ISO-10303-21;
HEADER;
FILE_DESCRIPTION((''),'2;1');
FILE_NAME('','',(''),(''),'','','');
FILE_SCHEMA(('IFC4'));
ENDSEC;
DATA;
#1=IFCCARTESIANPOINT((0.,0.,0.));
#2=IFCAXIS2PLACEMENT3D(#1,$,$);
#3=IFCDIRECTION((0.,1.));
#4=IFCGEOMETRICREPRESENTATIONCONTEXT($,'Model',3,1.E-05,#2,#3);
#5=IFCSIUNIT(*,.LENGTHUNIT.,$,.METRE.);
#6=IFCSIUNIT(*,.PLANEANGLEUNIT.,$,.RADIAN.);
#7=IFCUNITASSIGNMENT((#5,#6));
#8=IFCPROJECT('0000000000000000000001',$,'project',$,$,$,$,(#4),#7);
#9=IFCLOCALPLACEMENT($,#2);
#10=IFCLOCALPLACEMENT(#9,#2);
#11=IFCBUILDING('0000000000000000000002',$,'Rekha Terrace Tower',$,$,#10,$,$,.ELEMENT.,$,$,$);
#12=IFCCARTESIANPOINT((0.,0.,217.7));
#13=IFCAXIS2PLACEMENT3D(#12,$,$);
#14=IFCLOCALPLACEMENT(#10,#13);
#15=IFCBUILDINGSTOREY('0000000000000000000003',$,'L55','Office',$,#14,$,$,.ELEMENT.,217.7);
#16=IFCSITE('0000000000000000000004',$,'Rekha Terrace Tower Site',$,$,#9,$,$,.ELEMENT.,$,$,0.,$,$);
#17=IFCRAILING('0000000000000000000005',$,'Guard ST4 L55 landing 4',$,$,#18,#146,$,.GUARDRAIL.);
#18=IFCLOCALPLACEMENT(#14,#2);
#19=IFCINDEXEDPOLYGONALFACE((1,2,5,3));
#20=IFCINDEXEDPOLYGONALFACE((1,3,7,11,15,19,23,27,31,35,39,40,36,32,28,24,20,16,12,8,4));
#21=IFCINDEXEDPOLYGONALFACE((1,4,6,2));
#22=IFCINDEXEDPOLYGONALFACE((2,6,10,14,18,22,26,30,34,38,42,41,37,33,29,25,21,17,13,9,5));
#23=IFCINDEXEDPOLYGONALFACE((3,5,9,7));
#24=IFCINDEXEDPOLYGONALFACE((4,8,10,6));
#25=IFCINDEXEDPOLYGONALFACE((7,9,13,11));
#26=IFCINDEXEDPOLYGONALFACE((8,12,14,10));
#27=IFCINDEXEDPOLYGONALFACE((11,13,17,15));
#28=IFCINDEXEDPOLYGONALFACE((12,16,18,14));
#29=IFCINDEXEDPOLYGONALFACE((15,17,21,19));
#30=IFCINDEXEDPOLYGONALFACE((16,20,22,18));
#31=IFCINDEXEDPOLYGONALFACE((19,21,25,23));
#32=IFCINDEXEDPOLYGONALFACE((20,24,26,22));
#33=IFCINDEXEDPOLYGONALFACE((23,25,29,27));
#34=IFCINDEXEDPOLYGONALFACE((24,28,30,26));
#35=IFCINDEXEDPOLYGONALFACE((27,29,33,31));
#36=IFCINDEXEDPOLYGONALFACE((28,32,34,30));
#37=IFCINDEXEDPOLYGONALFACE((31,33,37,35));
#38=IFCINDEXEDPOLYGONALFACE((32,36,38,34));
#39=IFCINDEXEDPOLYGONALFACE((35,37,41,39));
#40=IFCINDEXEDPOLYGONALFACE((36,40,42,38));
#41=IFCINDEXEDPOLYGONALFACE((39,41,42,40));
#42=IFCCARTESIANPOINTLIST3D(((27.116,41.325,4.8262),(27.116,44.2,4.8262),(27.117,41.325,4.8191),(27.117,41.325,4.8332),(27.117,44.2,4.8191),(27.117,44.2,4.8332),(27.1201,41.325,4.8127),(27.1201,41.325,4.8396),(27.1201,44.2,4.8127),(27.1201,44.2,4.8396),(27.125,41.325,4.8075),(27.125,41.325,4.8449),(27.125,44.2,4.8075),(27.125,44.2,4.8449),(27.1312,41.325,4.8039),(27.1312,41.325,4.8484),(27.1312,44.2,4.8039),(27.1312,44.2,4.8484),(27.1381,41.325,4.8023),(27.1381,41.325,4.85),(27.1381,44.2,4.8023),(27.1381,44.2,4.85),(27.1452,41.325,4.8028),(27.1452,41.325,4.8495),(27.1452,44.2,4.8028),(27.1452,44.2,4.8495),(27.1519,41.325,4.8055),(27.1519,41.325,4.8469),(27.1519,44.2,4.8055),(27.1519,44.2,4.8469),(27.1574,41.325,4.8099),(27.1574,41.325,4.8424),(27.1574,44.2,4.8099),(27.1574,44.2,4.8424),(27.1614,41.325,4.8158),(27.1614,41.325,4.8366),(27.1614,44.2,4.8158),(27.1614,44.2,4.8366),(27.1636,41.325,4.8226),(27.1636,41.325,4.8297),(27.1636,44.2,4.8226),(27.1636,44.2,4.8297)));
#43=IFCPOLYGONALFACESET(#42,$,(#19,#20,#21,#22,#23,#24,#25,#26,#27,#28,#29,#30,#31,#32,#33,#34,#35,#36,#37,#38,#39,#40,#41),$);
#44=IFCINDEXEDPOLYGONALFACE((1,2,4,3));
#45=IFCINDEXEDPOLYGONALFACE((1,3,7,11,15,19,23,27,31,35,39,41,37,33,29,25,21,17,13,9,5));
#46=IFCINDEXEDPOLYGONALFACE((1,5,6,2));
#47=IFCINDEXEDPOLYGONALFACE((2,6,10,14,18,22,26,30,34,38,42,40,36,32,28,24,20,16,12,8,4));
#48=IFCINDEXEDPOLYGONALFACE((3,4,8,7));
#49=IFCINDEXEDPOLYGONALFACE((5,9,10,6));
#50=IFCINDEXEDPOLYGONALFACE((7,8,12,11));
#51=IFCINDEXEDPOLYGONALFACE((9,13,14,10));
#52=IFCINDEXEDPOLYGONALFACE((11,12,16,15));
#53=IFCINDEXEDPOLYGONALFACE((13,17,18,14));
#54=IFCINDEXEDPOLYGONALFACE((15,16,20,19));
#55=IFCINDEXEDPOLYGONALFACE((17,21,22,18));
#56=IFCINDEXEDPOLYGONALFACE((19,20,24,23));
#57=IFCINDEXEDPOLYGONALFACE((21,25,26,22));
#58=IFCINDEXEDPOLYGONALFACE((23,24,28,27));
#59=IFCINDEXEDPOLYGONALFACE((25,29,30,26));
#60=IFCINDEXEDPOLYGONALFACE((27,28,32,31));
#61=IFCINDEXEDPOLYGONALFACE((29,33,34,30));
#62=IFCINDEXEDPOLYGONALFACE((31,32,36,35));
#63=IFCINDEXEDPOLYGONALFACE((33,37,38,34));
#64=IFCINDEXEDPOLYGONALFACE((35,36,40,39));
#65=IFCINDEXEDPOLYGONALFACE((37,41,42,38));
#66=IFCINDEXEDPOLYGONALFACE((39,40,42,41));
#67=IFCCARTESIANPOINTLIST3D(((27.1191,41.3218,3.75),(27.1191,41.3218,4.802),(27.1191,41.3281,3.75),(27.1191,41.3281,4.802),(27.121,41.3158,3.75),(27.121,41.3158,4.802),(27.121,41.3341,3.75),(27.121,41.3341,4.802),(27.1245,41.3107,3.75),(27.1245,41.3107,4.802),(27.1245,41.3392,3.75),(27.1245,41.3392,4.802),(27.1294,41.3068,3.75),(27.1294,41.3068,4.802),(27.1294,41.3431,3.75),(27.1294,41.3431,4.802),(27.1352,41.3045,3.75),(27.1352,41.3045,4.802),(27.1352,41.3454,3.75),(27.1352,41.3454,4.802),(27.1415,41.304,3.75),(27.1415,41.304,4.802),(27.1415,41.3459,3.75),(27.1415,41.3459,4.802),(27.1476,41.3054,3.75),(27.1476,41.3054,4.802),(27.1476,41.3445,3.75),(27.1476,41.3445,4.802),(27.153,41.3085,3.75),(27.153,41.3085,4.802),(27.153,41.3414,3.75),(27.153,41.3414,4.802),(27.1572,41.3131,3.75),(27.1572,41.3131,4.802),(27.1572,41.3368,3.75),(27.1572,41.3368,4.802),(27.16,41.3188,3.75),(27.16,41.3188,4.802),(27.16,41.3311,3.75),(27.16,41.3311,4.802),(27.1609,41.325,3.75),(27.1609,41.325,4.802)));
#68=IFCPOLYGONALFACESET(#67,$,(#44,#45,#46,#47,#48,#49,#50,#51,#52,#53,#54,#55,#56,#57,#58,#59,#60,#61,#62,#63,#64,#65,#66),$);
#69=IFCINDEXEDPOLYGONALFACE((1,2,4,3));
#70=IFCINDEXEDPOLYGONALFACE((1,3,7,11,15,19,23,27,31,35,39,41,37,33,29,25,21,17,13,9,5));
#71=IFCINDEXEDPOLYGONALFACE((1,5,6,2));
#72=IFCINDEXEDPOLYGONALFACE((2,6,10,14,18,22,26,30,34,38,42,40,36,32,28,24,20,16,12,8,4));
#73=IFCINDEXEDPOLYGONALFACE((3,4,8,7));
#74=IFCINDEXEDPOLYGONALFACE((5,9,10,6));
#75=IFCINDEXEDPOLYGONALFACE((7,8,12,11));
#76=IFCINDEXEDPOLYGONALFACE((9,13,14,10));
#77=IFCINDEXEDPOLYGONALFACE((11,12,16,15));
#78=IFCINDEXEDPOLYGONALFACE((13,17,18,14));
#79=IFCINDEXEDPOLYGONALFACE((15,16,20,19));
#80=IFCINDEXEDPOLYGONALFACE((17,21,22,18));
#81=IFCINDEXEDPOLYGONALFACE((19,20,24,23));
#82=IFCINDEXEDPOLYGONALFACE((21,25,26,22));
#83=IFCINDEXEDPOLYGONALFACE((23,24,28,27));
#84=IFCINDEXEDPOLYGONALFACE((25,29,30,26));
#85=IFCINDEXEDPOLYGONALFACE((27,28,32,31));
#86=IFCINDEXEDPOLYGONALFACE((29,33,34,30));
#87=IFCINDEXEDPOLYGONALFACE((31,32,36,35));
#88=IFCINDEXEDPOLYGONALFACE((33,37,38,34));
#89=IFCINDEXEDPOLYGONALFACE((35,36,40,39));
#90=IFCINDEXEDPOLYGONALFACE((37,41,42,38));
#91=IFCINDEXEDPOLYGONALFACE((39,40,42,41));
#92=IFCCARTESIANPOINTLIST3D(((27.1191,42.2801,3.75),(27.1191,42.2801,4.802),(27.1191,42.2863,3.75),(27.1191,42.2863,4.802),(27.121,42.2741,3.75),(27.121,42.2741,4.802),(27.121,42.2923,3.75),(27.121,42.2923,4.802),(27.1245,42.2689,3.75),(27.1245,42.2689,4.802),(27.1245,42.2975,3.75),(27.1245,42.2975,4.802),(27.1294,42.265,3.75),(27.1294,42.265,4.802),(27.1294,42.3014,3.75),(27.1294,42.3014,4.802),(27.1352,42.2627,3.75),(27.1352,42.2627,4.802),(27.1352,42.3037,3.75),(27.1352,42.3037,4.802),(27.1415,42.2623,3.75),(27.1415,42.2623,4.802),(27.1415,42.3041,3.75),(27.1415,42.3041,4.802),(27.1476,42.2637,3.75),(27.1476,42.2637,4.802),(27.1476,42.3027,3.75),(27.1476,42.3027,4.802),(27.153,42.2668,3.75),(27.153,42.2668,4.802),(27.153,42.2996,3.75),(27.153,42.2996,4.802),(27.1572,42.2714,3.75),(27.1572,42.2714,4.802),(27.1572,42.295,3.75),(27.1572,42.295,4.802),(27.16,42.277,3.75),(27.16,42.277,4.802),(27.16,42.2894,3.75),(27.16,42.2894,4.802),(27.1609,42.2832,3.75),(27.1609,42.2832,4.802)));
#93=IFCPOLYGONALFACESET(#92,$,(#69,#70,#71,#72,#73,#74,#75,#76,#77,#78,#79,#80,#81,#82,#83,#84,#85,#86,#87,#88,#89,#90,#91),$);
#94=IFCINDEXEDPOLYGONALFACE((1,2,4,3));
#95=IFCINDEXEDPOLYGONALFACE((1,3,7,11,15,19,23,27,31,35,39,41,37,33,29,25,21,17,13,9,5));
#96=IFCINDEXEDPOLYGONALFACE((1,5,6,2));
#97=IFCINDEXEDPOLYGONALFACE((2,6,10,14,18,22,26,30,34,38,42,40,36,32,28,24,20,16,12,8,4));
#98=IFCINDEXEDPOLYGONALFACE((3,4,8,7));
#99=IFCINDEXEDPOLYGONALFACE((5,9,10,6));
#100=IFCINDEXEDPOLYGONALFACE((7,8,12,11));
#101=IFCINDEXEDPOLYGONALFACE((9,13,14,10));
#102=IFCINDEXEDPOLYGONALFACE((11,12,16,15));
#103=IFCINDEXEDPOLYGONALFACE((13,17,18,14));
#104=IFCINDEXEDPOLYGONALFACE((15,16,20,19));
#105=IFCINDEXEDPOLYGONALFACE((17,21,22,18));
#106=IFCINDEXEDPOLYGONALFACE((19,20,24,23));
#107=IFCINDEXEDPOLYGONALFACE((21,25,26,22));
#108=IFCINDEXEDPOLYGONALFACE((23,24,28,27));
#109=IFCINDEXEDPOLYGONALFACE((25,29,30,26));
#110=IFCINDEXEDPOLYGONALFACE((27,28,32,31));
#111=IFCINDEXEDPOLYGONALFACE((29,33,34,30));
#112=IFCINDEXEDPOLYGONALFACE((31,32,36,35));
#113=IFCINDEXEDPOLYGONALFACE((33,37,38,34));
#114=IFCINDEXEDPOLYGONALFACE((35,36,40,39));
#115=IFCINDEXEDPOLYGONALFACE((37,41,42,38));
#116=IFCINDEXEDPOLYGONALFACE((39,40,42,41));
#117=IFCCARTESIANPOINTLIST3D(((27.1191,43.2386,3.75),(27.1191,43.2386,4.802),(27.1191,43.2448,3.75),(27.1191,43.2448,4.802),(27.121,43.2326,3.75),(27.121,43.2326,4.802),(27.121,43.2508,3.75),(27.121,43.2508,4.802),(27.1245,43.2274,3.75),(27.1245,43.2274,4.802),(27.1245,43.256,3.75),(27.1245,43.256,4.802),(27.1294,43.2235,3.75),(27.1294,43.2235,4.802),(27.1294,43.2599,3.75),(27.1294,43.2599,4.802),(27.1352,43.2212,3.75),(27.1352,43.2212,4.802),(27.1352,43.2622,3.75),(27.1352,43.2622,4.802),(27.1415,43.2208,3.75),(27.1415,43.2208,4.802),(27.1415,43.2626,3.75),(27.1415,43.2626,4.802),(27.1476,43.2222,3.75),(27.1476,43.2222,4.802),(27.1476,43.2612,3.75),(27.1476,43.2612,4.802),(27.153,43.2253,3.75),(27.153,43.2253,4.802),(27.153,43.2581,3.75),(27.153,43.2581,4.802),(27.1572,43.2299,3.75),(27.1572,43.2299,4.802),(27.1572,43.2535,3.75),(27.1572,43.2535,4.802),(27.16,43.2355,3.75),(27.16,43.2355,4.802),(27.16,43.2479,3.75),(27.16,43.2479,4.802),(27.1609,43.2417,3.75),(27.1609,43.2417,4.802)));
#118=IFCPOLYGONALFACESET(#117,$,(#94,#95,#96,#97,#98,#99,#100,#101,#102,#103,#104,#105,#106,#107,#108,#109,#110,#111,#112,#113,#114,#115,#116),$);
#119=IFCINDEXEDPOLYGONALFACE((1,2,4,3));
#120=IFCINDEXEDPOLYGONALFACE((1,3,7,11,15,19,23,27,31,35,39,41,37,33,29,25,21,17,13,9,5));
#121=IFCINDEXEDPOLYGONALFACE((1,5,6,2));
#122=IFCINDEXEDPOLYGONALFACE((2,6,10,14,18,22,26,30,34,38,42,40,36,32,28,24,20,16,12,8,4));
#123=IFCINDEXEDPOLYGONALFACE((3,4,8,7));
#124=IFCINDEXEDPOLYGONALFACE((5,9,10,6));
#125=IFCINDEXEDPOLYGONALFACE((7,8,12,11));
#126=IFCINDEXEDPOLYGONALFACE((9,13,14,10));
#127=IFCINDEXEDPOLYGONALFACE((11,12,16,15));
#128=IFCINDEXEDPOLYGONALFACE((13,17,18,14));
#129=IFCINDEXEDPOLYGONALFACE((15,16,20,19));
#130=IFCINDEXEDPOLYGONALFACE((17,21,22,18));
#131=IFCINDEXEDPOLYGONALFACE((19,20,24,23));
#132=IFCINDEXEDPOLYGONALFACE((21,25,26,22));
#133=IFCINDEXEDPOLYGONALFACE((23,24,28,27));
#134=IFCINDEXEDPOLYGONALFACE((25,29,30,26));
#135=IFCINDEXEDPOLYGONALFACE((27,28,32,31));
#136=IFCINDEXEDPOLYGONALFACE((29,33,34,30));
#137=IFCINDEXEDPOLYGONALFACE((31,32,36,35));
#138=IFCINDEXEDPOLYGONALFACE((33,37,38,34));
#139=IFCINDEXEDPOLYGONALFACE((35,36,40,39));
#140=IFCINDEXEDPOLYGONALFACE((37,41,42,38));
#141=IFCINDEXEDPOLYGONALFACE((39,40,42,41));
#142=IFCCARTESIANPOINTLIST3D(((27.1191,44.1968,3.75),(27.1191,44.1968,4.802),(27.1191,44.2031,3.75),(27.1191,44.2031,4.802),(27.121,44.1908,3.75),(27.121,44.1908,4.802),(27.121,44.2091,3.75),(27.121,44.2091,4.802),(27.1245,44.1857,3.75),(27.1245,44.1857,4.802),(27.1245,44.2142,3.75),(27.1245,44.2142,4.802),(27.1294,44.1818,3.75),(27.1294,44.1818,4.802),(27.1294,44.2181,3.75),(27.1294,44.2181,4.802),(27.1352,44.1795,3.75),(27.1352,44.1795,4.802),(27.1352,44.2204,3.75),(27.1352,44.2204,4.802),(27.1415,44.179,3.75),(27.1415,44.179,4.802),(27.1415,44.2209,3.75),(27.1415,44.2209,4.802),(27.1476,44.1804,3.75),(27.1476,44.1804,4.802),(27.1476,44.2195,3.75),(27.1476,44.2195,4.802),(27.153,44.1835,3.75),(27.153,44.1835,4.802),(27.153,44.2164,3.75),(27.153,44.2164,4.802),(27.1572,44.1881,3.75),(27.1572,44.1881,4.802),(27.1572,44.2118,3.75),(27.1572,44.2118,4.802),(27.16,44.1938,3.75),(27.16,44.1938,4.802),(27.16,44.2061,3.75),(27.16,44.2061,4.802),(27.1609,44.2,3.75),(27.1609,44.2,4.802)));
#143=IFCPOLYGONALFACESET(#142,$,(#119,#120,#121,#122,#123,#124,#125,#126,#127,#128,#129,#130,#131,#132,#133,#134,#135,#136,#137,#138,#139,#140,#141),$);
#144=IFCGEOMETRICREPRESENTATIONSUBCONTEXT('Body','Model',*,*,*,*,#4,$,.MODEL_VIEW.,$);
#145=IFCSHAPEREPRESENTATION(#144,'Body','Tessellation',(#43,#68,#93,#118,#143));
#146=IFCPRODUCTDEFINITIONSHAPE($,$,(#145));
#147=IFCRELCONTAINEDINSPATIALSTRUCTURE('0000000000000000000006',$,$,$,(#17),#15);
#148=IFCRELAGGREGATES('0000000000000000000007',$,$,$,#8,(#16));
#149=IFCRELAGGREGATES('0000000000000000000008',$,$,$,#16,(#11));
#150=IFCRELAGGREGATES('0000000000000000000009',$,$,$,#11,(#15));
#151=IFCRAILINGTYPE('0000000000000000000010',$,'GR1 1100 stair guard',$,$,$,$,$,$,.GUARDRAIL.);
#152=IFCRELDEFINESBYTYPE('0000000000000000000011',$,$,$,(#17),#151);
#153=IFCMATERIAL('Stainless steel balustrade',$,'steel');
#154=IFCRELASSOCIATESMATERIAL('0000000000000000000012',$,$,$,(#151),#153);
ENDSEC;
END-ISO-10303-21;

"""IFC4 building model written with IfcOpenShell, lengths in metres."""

from ifc_helpers import new_model, si_unit, direction, frame, origin, origin_2d, place, context, subcontext, project, spatial, circle, extrude, material, type_object, element, save


model = new_model("IFC4")

# Units and contexts
model_context = context("Model", 3, precision=1e-05, world=origin(), true_north=direction((0.0, 1.0)))
body_context = subcontext(model_context, "Body", "Model", "MODEL_VIEW")
ifc_project = project(units=[si_unit("LENGTHUNIT", "METRE"), si_unit("PLANEANGLEUNIT", "RADIAN")], contexts=[model_context])

# Site, building, storey
site_placement = place(None, origin())
site = spatial("IfcSite", under=ifc_project, at=site_placement, Name="Rekha Terrace Tower Site", CompositionType="ELEMENT", RefElevation=0.0)
building_placement = place(site_placement, origin())
building = spatial("IfcBuilding", under=site, at=building_placement, Name="Rekha Terrace Tower", CompositionType="ELEMENT")
storey_placement = place(building_placement, frame((0.0, 0.0, 217.7)))
storey = spatial("IfcBuildingStorey", under=building, at=storey_placement, Name="L55", Description="Office", CompositionType="ELEMENT", Elevation=217.7)

# Railing
ifc_material_1 = material(Name="Stainless steel balustrade", Category="steel")
railing_type_1 = type_object("IfcRailingType", Name="GR1 1100 stair guard", PredefinedType="GUARDRAIL", material=ifc_material_1)
railing_1_placement = place(storey_placement, frame((27.1399, 41.325, 3.75)))
element("IfcRailing", 1, at=railing_1_placement, inside=storey, type_object=railing_type_1, Name="Guard ST4 L55 landing 4", PredefinedType="GUARDRAIL", context=body_context, shape_type="SweptSolid", body=[
    extrude(circle(Radius=0.0239, at=origin_2d()), frame((0.0, 0.0, 1.0762), z_axis=(0.0, 1.0, 0.0), x_axis=(-1.0, 0.0, 0.0)), (0.0, 0.0, 1.0), 2.875),
    extrude(circle(Radius=0.021, at=origin_2d()), origin(), (0.0, 0.0, 1.0), 1.052),
    extrude(circle(Radius=0.021, at=origin_2d()), frame((0.0, 0.9583, 0.0)), (0.0, 0.0, 1.0), 1.052),
    extrude(circle(Radius=0.021, at=origin_2d()), frame((0.0, 1.9167, 0.0)), (0.0, 0.0, 1.0), 1.052),
    extrude(circle(Radius=0.021, at=origin_2d()), frame((0.0, 2.875, 0.0)), (0.0, 0.0, 1.0), 1.052),
])

save(model, "model.ifc")
